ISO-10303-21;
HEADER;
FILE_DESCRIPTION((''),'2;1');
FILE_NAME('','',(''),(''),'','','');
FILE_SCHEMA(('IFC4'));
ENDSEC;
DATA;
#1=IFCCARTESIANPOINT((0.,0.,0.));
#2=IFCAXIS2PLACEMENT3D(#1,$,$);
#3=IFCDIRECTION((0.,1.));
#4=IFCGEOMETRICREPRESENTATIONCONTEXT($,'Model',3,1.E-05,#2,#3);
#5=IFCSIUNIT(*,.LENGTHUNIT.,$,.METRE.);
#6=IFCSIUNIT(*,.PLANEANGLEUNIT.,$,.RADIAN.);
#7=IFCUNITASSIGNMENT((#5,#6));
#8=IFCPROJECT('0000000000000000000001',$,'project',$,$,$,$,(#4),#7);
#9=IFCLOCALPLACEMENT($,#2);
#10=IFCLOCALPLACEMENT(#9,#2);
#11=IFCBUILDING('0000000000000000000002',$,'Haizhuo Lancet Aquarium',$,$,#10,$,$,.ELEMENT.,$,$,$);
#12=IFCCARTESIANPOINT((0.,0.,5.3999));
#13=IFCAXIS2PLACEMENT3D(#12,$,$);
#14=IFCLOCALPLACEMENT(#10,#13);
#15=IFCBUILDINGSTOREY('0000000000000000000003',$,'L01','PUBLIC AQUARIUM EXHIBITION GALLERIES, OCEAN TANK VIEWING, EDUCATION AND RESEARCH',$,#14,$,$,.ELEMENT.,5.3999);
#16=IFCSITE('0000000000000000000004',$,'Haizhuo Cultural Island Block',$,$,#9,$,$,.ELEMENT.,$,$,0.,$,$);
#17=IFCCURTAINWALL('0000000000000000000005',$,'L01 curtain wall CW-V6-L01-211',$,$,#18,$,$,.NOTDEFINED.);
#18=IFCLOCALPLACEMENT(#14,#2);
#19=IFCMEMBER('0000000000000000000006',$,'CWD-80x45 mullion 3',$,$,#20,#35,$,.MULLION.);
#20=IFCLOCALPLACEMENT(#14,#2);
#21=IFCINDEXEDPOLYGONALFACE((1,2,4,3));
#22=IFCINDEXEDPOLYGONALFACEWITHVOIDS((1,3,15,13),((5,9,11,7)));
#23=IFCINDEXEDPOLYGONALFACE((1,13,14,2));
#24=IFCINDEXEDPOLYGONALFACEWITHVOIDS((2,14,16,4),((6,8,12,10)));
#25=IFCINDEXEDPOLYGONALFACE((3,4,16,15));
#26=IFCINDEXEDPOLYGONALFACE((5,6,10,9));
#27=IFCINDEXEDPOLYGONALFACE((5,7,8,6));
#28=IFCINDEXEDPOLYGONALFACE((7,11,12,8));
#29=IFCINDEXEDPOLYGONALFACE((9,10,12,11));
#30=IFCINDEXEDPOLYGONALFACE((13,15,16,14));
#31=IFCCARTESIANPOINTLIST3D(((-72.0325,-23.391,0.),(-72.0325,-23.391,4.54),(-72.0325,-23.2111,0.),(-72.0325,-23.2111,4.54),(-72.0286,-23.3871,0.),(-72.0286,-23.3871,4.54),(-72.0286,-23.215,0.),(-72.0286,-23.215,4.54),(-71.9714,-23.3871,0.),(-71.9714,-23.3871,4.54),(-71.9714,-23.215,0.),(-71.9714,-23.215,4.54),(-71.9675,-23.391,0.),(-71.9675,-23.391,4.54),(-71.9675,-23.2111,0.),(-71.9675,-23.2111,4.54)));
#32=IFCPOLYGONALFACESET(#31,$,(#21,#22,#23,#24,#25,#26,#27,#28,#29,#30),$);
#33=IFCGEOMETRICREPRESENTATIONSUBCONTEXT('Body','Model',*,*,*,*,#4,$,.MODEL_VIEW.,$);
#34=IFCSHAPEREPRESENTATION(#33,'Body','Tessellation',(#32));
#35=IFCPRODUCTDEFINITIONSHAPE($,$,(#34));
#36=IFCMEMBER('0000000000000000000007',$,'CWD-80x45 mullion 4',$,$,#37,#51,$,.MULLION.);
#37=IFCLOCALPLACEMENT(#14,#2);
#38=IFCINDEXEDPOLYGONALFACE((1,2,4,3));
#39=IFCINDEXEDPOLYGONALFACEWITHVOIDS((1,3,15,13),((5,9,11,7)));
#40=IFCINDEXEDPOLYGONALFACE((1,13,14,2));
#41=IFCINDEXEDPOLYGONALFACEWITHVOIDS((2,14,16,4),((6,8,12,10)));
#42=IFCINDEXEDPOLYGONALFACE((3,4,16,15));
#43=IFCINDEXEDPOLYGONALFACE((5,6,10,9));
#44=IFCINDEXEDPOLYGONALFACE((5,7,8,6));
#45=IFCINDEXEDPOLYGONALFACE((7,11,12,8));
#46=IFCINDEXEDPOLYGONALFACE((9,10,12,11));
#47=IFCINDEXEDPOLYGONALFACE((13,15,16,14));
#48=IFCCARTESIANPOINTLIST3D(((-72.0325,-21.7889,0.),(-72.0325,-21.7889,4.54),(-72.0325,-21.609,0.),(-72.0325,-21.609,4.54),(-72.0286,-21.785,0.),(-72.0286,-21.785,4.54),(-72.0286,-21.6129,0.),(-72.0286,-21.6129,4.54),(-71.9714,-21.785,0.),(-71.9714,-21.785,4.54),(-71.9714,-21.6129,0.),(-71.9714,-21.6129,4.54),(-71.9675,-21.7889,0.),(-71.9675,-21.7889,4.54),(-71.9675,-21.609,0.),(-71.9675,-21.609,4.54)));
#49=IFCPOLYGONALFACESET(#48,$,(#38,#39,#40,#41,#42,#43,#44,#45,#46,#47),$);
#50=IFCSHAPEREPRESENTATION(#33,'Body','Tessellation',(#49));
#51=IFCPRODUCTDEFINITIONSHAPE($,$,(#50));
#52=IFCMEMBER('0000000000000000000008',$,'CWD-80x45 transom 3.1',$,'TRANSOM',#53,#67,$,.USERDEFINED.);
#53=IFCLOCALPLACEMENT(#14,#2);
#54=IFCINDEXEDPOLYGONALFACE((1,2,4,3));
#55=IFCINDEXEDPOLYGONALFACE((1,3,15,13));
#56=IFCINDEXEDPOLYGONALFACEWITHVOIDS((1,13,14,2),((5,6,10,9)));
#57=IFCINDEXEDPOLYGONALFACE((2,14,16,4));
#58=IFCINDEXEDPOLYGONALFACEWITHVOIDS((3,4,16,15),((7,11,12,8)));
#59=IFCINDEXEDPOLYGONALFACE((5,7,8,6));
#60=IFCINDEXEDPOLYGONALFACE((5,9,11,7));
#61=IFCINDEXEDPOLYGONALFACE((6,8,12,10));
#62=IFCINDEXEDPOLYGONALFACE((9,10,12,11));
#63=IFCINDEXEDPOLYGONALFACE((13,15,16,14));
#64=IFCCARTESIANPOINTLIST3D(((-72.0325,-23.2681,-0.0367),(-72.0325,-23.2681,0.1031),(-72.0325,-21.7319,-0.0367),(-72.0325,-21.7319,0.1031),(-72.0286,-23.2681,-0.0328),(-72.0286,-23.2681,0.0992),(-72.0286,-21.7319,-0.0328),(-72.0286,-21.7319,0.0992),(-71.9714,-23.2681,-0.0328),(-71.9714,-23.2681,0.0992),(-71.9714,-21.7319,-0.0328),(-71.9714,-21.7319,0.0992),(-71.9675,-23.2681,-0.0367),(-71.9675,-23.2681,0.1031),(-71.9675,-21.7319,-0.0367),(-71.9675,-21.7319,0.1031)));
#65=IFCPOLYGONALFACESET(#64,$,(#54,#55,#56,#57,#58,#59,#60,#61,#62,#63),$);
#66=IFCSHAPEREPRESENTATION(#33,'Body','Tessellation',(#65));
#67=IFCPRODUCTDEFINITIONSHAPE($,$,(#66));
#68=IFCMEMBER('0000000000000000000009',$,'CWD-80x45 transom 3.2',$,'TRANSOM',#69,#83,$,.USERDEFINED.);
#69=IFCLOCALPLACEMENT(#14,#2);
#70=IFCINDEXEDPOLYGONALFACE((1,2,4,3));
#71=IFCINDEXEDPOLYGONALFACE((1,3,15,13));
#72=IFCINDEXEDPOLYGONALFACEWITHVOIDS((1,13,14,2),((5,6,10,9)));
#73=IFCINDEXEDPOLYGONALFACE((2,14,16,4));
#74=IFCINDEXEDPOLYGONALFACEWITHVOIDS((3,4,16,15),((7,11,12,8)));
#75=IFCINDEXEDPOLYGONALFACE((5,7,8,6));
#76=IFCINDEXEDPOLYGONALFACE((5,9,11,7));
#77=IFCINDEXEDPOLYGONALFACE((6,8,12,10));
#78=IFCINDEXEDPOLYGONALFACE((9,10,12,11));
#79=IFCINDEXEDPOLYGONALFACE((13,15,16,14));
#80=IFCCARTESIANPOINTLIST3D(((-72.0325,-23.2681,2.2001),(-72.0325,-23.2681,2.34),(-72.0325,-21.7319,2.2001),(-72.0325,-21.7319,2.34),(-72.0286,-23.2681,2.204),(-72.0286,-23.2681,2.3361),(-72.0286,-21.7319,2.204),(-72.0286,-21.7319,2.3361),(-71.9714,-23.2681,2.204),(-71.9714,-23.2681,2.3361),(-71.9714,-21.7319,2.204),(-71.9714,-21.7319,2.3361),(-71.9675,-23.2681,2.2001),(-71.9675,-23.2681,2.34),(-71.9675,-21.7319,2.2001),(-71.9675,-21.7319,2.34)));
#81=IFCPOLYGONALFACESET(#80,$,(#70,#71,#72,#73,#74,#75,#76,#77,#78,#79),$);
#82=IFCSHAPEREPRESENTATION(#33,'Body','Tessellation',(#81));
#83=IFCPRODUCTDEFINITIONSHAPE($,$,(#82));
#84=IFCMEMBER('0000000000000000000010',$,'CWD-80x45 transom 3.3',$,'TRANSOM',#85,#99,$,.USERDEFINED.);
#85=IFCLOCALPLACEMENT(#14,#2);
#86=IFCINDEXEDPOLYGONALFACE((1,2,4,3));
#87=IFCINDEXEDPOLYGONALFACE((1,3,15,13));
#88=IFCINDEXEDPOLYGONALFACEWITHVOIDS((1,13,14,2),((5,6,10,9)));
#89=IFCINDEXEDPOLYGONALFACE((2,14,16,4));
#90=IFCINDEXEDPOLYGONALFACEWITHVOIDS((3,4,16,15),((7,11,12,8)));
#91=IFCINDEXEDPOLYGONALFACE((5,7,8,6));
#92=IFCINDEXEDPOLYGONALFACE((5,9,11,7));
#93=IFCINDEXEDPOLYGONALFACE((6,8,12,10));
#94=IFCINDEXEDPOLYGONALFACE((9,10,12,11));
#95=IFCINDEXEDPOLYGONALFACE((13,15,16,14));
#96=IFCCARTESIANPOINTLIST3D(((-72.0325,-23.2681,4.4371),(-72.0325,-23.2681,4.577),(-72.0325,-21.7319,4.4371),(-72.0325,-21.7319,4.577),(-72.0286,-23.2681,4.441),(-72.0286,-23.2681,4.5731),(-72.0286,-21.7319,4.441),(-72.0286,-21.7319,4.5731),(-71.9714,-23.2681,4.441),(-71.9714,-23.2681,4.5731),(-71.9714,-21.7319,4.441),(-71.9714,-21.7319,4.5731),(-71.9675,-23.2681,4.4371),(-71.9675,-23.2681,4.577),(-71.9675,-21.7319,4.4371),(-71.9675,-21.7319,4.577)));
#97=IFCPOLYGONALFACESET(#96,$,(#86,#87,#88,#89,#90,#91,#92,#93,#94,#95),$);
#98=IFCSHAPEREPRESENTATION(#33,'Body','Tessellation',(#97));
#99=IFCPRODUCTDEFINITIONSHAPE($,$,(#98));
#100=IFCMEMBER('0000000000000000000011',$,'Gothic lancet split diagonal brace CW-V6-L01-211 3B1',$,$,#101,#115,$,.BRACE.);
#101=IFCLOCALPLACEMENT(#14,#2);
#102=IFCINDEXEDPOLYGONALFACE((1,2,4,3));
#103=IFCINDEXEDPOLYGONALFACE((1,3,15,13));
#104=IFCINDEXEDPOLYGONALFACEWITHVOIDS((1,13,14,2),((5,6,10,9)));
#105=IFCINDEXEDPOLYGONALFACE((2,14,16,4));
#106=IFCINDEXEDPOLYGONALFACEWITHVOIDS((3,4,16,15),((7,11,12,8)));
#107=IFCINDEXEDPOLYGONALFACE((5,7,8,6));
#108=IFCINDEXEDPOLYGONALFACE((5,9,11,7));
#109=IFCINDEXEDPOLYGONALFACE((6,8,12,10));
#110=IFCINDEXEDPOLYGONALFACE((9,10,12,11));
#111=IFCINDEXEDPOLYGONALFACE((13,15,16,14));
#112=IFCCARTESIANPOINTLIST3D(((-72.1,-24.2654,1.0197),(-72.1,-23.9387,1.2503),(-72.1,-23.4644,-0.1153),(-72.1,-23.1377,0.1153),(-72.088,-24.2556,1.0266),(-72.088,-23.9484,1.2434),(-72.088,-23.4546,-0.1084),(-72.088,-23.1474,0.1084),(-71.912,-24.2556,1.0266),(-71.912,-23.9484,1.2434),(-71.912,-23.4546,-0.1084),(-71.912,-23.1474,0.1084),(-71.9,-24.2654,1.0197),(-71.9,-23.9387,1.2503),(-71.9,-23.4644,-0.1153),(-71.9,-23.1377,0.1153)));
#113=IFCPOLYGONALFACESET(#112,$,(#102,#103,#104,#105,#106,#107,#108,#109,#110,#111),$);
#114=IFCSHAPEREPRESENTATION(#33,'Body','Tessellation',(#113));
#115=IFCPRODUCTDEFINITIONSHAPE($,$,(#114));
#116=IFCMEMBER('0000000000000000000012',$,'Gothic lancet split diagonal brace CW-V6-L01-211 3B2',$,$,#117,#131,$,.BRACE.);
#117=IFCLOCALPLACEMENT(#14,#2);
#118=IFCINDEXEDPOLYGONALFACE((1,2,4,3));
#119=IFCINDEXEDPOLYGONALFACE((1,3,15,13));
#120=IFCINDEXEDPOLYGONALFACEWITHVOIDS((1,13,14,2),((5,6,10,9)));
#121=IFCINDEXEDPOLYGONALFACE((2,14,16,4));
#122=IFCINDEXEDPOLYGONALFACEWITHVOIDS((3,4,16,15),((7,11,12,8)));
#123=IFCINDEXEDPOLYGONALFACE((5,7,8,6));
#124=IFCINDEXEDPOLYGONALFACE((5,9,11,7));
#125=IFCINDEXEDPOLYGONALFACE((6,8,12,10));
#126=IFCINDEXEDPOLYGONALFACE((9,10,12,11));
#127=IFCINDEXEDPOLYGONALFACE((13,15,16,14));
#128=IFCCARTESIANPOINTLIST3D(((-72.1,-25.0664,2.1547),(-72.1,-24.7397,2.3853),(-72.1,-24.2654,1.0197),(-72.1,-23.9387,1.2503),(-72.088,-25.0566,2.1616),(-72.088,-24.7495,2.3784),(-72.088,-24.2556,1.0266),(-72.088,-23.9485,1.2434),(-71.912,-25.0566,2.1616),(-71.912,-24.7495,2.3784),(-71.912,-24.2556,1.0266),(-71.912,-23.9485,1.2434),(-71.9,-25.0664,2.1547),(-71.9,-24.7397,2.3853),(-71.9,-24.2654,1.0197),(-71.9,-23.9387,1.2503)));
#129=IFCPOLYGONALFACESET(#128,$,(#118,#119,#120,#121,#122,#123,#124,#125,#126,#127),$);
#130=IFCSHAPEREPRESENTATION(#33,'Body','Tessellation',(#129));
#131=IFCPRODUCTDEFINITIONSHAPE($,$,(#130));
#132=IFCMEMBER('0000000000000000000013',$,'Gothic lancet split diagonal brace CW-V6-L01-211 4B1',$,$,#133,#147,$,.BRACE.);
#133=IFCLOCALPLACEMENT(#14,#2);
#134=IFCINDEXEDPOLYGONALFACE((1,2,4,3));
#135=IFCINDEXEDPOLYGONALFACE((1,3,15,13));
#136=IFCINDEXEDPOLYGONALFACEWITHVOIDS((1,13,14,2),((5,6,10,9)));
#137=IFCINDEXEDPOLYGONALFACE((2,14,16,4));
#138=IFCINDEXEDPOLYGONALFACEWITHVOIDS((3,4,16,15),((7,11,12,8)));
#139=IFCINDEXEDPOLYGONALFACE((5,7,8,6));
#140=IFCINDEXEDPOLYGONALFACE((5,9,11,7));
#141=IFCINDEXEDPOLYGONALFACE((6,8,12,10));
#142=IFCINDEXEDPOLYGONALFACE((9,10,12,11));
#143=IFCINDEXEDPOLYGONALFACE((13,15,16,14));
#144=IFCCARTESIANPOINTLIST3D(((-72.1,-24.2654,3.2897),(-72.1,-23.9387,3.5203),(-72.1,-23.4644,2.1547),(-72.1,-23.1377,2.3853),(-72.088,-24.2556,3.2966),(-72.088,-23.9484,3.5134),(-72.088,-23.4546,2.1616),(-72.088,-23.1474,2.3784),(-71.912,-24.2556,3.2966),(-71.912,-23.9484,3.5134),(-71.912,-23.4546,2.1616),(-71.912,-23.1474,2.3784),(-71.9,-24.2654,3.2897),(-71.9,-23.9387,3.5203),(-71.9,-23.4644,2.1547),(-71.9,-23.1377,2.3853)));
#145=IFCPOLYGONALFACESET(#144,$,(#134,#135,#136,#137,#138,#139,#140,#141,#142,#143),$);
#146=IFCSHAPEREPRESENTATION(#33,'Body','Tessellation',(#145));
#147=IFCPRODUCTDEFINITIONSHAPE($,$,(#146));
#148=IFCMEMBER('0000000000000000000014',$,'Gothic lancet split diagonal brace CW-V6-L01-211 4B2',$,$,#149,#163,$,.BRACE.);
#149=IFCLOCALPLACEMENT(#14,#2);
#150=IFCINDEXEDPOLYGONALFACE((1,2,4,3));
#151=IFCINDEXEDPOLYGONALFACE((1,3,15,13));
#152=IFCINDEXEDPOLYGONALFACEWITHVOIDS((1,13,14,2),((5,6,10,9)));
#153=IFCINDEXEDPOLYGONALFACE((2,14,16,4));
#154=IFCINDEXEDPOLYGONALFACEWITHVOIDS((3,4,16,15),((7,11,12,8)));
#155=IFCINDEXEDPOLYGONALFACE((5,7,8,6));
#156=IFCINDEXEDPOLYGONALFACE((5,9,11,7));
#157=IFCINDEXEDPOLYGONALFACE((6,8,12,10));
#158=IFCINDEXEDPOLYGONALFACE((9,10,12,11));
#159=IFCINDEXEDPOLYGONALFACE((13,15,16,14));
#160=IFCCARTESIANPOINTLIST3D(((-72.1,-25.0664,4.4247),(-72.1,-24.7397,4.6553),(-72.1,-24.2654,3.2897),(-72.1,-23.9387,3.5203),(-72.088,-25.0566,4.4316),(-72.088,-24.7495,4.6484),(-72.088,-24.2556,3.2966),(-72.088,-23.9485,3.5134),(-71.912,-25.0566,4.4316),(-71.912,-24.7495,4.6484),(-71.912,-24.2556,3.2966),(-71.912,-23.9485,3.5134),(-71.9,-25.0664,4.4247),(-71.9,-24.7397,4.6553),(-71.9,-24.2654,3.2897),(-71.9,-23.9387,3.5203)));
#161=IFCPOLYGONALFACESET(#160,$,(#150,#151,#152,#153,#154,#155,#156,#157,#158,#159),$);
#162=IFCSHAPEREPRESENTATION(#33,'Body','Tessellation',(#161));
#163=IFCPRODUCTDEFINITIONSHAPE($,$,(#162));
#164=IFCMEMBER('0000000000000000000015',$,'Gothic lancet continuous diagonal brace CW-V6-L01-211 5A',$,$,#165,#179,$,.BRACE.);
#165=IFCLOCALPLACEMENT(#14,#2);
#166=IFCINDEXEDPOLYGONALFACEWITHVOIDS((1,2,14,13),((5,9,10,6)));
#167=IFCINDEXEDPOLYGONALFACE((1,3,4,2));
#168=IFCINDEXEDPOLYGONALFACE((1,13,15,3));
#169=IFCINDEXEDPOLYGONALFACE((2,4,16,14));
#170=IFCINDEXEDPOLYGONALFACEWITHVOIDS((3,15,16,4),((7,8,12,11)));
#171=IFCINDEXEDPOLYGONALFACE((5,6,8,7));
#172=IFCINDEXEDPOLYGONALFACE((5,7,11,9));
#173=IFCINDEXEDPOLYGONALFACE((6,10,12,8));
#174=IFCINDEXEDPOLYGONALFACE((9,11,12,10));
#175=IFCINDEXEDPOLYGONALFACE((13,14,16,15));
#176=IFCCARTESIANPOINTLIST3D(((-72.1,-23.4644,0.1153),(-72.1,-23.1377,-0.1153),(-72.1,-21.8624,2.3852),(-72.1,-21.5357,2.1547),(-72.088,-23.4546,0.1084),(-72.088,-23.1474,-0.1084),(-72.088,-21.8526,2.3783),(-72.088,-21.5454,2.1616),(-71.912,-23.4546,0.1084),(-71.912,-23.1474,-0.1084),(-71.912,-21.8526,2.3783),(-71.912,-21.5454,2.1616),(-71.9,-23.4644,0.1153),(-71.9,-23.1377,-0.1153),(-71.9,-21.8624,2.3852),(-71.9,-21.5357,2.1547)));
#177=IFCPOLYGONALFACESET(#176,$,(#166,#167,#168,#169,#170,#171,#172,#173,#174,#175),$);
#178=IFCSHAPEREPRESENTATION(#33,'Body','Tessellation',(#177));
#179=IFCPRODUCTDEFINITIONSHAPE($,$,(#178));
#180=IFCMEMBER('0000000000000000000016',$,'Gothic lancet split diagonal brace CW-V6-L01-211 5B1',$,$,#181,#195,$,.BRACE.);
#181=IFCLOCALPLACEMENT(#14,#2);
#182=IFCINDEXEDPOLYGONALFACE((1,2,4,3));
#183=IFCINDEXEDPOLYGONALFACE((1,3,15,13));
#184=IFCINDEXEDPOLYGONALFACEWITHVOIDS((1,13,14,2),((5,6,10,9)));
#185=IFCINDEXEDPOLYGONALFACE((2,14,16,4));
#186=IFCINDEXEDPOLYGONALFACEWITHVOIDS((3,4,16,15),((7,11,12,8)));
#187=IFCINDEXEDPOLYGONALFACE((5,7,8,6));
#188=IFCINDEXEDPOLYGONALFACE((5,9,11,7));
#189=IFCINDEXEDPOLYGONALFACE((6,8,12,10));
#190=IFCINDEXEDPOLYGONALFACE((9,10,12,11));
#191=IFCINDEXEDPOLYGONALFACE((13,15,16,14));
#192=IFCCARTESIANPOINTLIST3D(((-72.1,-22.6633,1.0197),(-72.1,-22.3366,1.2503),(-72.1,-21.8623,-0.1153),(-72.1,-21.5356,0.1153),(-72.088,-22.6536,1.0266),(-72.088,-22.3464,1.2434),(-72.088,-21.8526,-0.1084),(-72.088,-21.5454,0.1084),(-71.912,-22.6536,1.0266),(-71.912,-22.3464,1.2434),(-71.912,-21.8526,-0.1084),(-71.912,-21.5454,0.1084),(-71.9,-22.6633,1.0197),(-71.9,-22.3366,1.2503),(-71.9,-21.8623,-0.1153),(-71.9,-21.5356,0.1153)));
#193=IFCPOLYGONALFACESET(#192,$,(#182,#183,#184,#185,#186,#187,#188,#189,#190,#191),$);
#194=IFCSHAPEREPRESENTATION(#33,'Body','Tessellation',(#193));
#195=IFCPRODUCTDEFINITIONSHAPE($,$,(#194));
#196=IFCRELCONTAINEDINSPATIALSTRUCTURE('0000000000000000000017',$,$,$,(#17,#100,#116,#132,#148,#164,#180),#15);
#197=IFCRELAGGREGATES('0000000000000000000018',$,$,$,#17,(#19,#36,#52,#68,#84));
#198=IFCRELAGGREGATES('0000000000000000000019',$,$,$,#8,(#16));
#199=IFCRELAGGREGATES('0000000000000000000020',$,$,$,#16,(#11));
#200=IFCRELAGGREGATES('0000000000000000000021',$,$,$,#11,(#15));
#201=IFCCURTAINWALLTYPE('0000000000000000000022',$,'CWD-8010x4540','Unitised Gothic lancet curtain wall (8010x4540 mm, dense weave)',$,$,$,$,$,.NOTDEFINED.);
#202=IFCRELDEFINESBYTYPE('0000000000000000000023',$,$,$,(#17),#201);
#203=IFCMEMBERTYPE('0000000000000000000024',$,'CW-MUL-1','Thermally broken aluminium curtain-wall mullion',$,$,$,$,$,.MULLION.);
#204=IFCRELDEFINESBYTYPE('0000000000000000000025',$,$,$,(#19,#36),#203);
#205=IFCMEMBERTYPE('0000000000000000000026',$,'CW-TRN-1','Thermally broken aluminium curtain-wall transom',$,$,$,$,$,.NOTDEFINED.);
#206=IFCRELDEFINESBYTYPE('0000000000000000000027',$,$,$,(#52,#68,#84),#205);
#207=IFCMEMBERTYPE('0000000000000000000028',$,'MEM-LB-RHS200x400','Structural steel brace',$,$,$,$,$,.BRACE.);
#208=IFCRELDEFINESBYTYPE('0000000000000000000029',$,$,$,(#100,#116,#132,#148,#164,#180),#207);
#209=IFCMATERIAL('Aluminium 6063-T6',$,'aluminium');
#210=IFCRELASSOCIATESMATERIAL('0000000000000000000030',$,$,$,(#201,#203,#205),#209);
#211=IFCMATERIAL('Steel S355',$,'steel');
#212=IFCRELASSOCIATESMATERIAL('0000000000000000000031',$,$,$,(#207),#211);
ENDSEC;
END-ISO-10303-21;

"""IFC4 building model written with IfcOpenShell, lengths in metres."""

from ifc_helpers import new_model, si_unit, direction, frame, origin, origin_2d, place, context, subcontext, project, spatial, hollow_rectangle, extrude, material, material_profile, profile_set, type_object, element, aggregate, save


model = new_model("IFC4")

# Units and contexts
model_context = context("Model", 3, precision=1e-05, world=origin(), true_north=direction((0.0, 1.0)))
body_context = subcontext(model_context, "Body", "Model", "MODEL_VIEW")
ifc_project = project(units=[si_unit("LENGTHUNIT", "METRE"), si_unit("PLANEANGLEUNIT", "RADIAN")], contexts=[model_context])

# Site, building, storey
site_placement = place(None, origin())
site = spatial("IfcSite", under=ifc_project, at=site_placement, Name="Haizhuo Cultural Island Block", CompositionType="ELEMENT", RefElevation=0.0)
building_placement = place(site_placement, origin())
building = spatial("IfcBuilding", under=site, at=building_placement, Name="Haizhuo Lancet Aquarium", CompositionType="ELEMENT")
storey_placement = place(building_placement, frame((0.0, 0.0, 5.3999)))
storey = spatial("IfcBuildingStorey", under=building, at=storey_placement, Name="L01", Description="PUBLIC AQUARIUM EXHIBITION GALLERIES, OCEAN TANK VIEWING, EDUCATION AND RESEARCH", CompositionType="ELEMENT", Elevation=5.3999)

# Curtain wall, members
ifc_material_1 = material(Name="Aluminium 6063-T6", Category="aluminium")
curtain_wall_type = type_object("IfcCurtainWallType", Name="CWD-8010x4540", Description="Unitised Gothic lancet curtain wall (8010x4540 mm, dense weave)", PredefinedType="NOTDEFINED", material=ifc_material_1)
curtain_wall_placement = place(storey_placement, origin())
curtain_wall = element("IfcCurtainWall", 1, at=curtain_wall_placement, inside=storey, type_object=curtain_wall_type, Name="L01 curtain wall CW-V6-L01-211", PredefinedType="NOTDEFINED")
ifc_material_profile_1 = material_profile(ifc_material_1, hollow_rectangle(XDim=0.0649, YDim=0.1799, WallThickness=0.0039, at=origin_2d()), Name="ALU-M 65x180x4")
ifc_profile_set_1 = profile_set([ifc_material_profile_1], Name="Aluminium 6063-T6")
member_type_1 = type_object("IfcMemberType", Name="CW-MUL-1", Description="Thermally broken aluminium curtain-wall mullion", PredefinedType="MULLION", material=ifc_profile_set_1)
member_1_placement = place(storey_placement, frame((-72.0, -23.301, 0.0), z_axis=(0.0, 0.0, 1.0), x_axis=(-1.0, 0.0, 0.0)))
member_1 = element("IfcMember", 2, at=member_1_placement, type_object=member_type_1, Name="CWD-80x45 mullion 3", PredefinedType="MULLION", context=body_context, shape_type="SweptSolid", body=[
    extrude(hollow_rectangle(XDim=0.0649, YDim=0.1799, WallThickness=0.0039, at=origin_2d()), origin(), (0.0, 0.0, 1.0), 4.54),
])
member_2_placement = place(storey_placement, frame((-72.0, -21.699, 0.0), z_axis=(0.0, 0.0, 1.0), x_axis=(-1.0, 0.0, 0.0)))
member_2 = element("IfcMember", 3, at=member_2_placement, type_object=member_type_1, Name="CWD-80x45 mullion 4", PredefinedType="MULLION", context=body_context, shape_type="SweptSolid", body=[
    extrude(hollow_rectangle(XDim=0.0649, YDim=0.1799, WallThickness=0.0039, at=origin_2d()), origin(), (0.0, 0.0, 1.0), 4.54),
])
ifc_material_profile_2 = material_profile(ifc_material_1, hollow_rectangle(XDim=0.0649, YDim=0.1399, WallThickness=0.0039, at=origin_2d()), Name="ALU-T 65x140x4")
ifc_profile_set_2 = profile_set([ifc_material_profile_2], Name="Aluminium 6063-T6")
member_type_2 = type_object("IfcMemberType", Name="CW-TRN-1", Description="Thermally broken aluminium curtain-wall transom", PredefinedType="NOTDEFINED", material=ifc_profile_set_2)
member_3_placement = place(storey_placement, frame((-72.0, -23.2681, 0.0332), z_axis=(0.0, 1.0, 0.0), x_axis=(-1.0, 0.0, 0.0)))
member_3 = element("IfcMember", 4, at=member_3_placement, type_object=member_type_2, Name="CWD-80x45 transom 3.1", ObjectType="TRANSOM", PredefinedType="USERDEFINED", context=body_context, shape_type="SweptSolid", body=[
    extrude(hollow_rectangle(XDim=0.0649, YDim=0.1399, WallThickness=0.0039, at=origin_2d()), origin(), (0.0, 0.0, 1.0), 1.5361),
])
member_4_placement = place(storey_placement, frame((-72.0, -23.2681, 2.27), z_axis=(0.0, 1.0, 0.0), x_axis=(-1.0, 0.0, 0.0)))
member_4 = element("IfcMember", 5, at=member_4_placement, type_object=member_type_2, Name="CWD-80x45 transom 3.2", ObjectType="TRANSOM", PredefinedType="USERDEFINED", context=body_context, shape_type="SweptSolid", body=[
    extrude(hollow_rectangle(XDim=0.0649, YDim=0.1399, WallThickness=0.0039, at=origin_2d()), origin(), (0.0, 0.0, 1.0), 1.5361),
])
member_5_placement = place(storey_placement, frame((-72.0, -23.2681, 4.5071), z_axis=(0.0, 1.0, 0.0), x_axis=(-1.0, 0.0, 0.0)))
member_5 = element("IfcMember", 6, at=member_5_placement, type_object=member_type_2, Name="CWD-80x45 transom 3.3", ObjectType="TRANSOM", PredefinedType="USERDEFINED", context=body_context, shape_type="SweptSolid", body=[
    extrude(hollow_rectangle(XDim=0.0649, YDim=0.1399, WallThickness=0.0039, at=origin_2d()), origin(), (0.0, 0.0, 1.0), 1.5361),
])

# Members
ifc_material_2 = material(Name="Steel S355", Category="steel")
ifc_material_profile_3 = material_profile(ifc_material_2, hollow_rectangle(XDim=0.2, YDim=0.3999, WallThickness=0.012, at=origin_2d()), Name="RHS 200x400x12")
ifc_profile_set_3 = profile_set([ifc_material_profile_3], Name="Steel S355")
member_type_3 = type_object("IfcMemberType", Name="MEM-LB-RHS200x400", Description="Structural steel brace", PredefinedType="BRACE", material=ifc_profile_set_3)
for number, where, z_axis, x_axis, name in (
    (7, (-72.0, -23.301, 0.0), (0.0, -0.576607, 0.817021), (1.0, 0.0, 0.0), "Gothic lancet split diagonal brace CW-V6-L01-211 3B1"),
    (8, (-72.0, -24.1021, 1.135), (0.0, -0.576607, 0.817021), (1.0, 0.0, 0.0), "Gothic lancet split diagonal brace CW-V6-L01-211 3B2"),
    (9, (-72.0, -23.301, 2.27), (0.0, -0.576607, 0.817021), (1.0, 0.0, 0.0), "Gothic lancet split diagonal brace CW-V6-L01-211 4B1"),
    (10, (-72.0, -24.1021, 3.405), (0.0, -0.576607, 0.817021), (1.0, 0.0, 0.0), "Gothic lancet split diagonal brace CW-V6-L01-211 4B2"),
):
    element("IfcMember", number, at=place(storey_placement, frame(where, z_axis=z_axis, x_axis=x_axis)), inside=storey, type_object=member_type_3, Name=name, PredefinedType="BRACE", context=body_context, shape_type="SweptSolid", body=[
        extrude(hollow_rectangle(XDim=0.2, YDim=0.3999, WallThickness=0.012, at=origin_2d()), origin(), (0.0, 0.0, 1.0), 1.3892),
    ])
member_6_placement = place(storey_placement, frame((-72.0, -23.301, 0.0), z_axis=(0.0, 0.576607, 0.817021), x_axis=(-1.0, 0.0, 0.0)))
element("IfcMember", 11, at=member_6_placement, inside=storey, type_object=member_type_3, Name="Gothic lancet continuous diagonal brace CW-V6-L01-211 5A", PredefinedType="BRACE", context=body_context, shape_type="SweptSolid", body=[
    extrude(hollow_rectangle(XDim=0.2, YDim=0.3999, WallThickness=0.012, at=origin_2d()), origin(), (0.0, 0.0, 1.0), 2.7783),
])
for number, where, z_axis, x_axis, name in (
    (12, (-72.0, -21.699, 0.0), (0.0, -0.576607, 0.817021), (1.0, 0.0, 0.0), "Gothic lancet split diagonal brace CW-V6-L01-211 5B1"),
):
    element("IfcMember", number, at=place(storey_placement, frame(where, z_axis=z_axis, x_axis=x_axis)), inside=storey, type_object=member_type_3, Name=name, PredefinedType="BRACE", context=body_context, shape_type="SweptSolid", body=[
        extrude(hollow_rectangle(XDim=0.2, YDim=0.3999, WallThickness=0.012, at=origin_2d()), origin(), (0.0, 0.0, 1.0), 1.3892),
    ])

aggregate(curtain_wall, [member_1, member_2, member_3, member_4, member_5])

save(model, "model.ifc")
